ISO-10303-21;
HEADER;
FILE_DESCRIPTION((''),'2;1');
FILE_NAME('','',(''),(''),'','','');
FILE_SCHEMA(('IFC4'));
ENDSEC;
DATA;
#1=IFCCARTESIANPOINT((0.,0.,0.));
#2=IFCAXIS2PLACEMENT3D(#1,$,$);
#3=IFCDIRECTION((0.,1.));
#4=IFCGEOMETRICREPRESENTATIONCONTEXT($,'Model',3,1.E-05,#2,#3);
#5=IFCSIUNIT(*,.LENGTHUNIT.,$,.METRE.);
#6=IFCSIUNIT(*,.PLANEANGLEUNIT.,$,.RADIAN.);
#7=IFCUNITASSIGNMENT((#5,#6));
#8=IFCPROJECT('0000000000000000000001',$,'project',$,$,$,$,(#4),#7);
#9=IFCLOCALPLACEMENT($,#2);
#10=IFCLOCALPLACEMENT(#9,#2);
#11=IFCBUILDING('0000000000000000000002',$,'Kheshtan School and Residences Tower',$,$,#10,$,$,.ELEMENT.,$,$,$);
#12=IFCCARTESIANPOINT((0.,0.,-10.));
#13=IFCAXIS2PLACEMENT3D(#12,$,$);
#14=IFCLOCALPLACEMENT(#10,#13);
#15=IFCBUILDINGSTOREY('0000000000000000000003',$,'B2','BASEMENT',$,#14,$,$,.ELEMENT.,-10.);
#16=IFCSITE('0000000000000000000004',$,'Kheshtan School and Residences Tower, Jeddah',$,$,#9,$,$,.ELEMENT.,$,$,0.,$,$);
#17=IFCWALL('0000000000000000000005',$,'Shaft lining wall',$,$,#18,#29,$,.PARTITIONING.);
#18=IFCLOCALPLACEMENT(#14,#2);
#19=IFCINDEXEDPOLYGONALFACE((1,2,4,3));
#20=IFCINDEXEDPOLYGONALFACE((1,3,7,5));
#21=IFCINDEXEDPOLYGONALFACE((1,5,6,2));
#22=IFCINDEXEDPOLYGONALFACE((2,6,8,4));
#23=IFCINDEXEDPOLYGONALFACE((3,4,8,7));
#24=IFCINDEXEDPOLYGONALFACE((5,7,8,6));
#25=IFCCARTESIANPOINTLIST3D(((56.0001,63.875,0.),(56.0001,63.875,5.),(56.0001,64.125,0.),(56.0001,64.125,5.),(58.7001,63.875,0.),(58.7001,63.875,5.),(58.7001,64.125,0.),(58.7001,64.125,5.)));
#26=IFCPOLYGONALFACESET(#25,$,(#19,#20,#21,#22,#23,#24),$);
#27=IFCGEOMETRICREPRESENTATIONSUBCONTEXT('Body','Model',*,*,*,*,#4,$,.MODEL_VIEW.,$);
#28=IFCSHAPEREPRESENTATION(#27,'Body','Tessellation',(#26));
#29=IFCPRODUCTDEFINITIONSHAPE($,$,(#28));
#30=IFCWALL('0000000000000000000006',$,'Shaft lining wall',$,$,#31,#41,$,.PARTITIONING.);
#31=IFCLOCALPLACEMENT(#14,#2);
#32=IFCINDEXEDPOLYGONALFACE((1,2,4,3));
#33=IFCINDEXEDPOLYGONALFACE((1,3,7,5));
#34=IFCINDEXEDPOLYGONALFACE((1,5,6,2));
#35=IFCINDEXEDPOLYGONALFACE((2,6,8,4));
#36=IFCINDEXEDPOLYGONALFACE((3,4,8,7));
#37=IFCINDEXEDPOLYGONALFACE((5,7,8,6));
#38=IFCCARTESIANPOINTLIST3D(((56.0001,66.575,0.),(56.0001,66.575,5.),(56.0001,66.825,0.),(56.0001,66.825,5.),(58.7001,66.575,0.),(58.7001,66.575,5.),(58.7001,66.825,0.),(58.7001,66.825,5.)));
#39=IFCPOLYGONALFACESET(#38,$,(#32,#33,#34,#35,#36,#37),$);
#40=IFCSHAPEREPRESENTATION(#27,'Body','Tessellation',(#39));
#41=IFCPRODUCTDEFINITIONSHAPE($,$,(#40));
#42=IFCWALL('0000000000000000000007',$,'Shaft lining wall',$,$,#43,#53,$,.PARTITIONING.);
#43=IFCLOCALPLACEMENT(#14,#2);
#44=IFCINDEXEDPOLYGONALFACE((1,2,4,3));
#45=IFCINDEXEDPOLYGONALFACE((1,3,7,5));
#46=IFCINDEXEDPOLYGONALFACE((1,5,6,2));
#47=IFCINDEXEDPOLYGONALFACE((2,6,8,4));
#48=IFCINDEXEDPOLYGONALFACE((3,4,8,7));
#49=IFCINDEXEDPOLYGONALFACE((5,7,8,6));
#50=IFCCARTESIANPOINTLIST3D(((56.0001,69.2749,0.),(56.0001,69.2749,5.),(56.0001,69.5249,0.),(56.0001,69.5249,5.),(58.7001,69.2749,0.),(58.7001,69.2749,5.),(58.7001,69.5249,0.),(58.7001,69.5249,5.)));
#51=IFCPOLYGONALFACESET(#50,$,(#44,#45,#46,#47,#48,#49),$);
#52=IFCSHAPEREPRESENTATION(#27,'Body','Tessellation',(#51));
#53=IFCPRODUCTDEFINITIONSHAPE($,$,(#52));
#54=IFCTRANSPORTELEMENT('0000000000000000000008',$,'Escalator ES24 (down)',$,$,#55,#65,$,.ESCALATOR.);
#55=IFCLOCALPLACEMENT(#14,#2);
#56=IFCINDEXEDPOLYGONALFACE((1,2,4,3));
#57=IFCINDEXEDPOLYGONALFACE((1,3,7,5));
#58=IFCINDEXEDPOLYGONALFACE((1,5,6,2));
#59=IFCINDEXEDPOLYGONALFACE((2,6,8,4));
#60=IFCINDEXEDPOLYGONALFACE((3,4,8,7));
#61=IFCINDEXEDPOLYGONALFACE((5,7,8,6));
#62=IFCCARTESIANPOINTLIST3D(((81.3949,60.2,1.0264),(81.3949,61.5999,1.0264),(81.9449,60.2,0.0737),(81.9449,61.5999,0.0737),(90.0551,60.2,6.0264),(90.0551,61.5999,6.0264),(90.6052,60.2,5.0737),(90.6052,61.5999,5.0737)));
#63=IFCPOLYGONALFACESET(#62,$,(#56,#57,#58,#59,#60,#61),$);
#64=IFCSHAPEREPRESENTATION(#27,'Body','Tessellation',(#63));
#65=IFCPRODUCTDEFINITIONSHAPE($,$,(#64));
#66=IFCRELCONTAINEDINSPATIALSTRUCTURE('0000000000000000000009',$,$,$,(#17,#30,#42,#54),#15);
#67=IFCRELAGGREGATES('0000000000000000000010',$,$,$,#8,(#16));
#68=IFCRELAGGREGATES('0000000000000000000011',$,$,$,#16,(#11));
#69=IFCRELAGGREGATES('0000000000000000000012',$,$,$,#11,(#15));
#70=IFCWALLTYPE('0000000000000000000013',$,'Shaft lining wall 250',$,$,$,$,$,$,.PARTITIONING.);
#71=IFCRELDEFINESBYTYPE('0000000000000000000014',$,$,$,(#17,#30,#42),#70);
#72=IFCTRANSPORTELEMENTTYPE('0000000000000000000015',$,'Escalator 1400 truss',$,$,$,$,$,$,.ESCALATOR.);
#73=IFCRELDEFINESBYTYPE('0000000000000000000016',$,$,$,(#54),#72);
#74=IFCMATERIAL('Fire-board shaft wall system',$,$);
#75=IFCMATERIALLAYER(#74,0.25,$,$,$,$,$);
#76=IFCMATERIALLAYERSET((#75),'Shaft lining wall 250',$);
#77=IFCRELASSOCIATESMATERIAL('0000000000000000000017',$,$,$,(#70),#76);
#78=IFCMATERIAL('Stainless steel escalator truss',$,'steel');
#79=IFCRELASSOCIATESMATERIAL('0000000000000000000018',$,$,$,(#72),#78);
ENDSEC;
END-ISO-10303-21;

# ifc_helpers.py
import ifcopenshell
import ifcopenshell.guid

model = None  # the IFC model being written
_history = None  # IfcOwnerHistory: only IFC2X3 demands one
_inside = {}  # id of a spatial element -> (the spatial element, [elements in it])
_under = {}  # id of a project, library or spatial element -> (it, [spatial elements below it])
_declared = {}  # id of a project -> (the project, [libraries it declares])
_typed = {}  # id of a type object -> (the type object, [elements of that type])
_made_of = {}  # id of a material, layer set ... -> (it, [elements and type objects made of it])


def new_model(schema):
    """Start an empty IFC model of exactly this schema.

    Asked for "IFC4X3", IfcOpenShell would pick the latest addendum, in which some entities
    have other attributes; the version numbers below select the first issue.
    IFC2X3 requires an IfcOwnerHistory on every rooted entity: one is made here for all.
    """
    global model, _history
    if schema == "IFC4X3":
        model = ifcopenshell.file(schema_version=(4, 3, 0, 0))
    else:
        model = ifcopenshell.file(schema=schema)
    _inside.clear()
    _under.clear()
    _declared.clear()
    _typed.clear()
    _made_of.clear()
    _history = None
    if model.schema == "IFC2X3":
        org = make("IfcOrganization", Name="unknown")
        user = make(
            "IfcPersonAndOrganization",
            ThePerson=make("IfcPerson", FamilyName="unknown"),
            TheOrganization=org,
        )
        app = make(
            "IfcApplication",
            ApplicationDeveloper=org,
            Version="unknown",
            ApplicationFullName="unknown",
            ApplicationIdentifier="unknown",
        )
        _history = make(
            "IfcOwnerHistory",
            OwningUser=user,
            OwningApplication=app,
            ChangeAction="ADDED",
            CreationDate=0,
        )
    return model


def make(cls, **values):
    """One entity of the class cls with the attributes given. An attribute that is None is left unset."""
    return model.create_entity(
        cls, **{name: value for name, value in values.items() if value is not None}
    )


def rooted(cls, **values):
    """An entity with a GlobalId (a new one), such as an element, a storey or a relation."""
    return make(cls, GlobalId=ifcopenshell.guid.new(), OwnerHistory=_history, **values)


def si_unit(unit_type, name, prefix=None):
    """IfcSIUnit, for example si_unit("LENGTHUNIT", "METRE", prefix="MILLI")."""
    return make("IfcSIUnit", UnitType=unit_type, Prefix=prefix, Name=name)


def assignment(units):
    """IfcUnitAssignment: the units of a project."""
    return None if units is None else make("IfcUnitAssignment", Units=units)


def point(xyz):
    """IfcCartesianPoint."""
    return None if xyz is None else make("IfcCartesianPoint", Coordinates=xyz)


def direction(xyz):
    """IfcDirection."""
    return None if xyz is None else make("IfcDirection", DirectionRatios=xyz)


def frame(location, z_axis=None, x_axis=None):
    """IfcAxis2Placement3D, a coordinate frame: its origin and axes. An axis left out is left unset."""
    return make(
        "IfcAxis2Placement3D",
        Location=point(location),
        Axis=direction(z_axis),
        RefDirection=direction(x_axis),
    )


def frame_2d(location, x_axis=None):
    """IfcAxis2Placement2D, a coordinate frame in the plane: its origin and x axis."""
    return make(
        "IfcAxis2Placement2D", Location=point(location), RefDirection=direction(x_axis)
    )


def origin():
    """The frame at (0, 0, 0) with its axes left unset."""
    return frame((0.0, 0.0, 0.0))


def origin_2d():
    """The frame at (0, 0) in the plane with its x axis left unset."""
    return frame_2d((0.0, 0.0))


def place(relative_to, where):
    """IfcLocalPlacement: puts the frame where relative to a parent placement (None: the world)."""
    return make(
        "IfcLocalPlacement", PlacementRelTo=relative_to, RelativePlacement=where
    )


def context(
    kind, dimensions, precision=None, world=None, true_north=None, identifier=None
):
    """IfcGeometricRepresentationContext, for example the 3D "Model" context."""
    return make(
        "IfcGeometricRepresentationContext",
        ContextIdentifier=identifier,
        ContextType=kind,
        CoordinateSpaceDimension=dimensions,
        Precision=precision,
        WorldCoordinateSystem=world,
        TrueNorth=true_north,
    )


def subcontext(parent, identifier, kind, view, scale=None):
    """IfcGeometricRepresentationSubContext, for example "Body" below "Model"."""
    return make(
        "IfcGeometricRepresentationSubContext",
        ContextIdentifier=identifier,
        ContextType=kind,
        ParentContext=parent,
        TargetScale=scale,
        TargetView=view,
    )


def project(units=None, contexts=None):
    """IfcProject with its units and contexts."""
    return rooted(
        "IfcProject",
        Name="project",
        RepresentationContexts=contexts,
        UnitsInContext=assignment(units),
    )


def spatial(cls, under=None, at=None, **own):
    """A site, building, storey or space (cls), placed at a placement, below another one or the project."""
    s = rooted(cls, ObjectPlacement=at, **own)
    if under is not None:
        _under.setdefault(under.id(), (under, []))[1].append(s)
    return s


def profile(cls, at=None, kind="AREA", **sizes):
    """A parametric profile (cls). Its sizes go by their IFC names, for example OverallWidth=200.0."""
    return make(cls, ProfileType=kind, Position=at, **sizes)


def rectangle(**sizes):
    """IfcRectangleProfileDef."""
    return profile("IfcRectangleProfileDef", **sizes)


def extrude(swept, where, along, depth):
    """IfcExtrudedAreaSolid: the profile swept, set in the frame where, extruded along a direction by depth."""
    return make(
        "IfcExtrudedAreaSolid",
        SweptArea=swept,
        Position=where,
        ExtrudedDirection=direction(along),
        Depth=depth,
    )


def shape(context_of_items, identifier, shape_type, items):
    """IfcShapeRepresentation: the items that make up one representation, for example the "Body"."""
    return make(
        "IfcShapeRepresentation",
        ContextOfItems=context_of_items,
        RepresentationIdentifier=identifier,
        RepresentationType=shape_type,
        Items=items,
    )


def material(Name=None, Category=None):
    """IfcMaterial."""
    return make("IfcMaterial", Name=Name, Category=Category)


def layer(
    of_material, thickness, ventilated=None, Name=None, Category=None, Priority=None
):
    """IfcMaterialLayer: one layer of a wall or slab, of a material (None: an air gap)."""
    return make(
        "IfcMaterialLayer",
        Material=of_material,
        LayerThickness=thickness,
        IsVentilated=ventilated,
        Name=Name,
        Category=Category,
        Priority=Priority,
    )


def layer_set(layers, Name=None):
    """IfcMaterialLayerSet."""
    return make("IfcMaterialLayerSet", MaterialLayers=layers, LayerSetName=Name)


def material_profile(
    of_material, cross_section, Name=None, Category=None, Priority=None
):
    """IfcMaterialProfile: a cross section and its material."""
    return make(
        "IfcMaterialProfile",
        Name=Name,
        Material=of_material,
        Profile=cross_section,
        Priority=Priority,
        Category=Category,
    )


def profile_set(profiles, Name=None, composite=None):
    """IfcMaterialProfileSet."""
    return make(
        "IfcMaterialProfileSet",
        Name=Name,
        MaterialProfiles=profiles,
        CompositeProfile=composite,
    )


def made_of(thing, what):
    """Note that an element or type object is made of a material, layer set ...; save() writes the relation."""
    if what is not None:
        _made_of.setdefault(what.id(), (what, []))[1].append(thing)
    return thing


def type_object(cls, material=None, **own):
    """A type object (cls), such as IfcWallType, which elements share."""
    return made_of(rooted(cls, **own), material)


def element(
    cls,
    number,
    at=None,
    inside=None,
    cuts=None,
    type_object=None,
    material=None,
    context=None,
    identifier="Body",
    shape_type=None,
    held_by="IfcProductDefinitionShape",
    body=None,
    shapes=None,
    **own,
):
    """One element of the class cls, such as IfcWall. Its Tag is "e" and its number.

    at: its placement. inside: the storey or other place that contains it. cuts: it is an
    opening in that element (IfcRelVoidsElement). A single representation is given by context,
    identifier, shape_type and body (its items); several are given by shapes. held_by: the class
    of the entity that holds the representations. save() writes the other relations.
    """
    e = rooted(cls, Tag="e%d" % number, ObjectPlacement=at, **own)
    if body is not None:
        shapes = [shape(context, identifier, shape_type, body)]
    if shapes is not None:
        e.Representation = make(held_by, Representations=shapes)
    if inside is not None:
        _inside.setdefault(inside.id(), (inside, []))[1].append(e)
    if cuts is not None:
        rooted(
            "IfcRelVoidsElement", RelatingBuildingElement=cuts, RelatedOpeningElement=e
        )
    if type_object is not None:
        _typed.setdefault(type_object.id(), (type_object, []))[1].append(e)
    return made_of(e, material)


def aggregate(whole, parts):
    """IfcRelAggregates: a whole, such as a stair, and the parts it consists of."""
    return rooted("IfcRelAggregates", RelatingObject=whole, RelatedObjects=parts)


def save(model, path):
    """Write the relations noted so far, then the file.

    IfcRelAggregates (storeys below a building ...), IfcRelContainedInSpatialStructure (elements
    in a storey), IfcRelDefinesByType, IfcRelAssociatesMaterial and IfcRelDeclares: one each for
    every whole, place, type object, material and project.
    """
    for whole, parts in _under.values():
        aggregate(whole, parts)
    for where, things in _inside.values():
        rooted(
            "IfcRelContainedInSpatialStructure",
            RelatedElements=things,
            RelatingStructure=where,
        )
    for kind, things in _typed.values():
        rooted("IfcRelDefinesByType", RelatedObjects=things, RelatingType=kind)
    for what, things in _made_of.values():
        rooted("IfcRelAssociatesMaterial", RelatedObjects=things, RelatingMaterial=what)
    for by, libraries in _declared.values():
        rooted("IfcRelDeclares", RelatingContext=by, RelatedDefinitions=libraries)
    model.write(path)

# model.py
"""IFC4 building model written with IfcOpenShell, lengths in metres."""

from ifc_helpers import new_model, si_unit, direction, frame, frame_2d, origin, origin_2d, place, context, subcontext, project, spatial, rectangle, extrude, material, layer, layer_set, material_profile, profile_set, type_object, element, save


model = new_model("IFC4")

# Units and contexts
model_context = context("Model", 3, precision=1e-05, world=origin(), true_north=direction((0.0, 1.0)))
body_context = subcontext(model_context, "Body", "Model", "MODEL_VIEW")
ifc_project = project(units=[si_unit("LENGTHUNIT", "METRE"), si_unit("PLANEANGLEUNIT", "RADIAN")], contexts=[model_context])

# Site, building, storey
site_placement = place(None, origin())
site = spatial("IfcSite", under=ifc_project, at=site_placement, Name="Kheshtan School and Residences Tower, Jeddah", CompositionType="ELEMENT", RefElevation=0.0)
building_placement = place(site_placement, origin())
building = spatial("IfcBuilding", under=site, at=building_placement, Name="Kheshtan School and Residences Tower", CompositionType="ELEMENT")
storey_placement = place(building_placement, frame((0.0, 0.0, -10.0)))
storey = spatial("IfcBuildingStorey", under=building, at=storey_placement, Name="B2", Description="BASEMENT", CompositionType="ELEMENT", Elevation=-10.0)

# Shared definitions
ifc_material_1 = material(Name="Fire-board shaft wall system")
ifc_layer_1 = layer(ifc_material_1, 0.25)
ifc_layer_set_1 = layer_set([ifc_layer_1], Name="Shaft lining wall 250")
wall_type_1 = type_object("IfcWallType", Name="Shaft lining wall 250", PredefinedType="PARTITIONING", material=ifc_layer_set_1)

# Walls
for number, where, z_axis, x_axis, name in (
    (1, (56.0, 64.0, 0.0), (0.0, 0.0, 1.0), (1.0, 0.0, 0.0), "Shaft lining wall"),
    (2, (56.0, 66.7, 0.0), (0.0, 0.0, 1.0), (1.0, 0.0, 0.0), "Shaft lining wall"),
    (3, (56.0, 69.3999, 0.0), (0.0, 0.0, 1.0), (1.0, 0.0, 0.0), "Shaft lining wall"),
):
    element("IfcWall", number, at=place(storey_placement, frame(where, z_axis=z_axis, x_axis=x_axis)), inside=storey, type_object=wall_type_1, Name=name, PredefinedType="PARTITIONING", context=body_context, shape_type="SweptSolid", body=[
        extrude(rectangle(XDim=2.7, YDim=0.25, at=frame_2d((1.3501, 0.0))), origin(), (0.0, 0.0, 1.0), 5.0),
    ])

# Transport element
ifc_material_2 = material(Name="Stainless steel escalator truss", Category="steel")
ifc_material_profile_1 = material_profile(ifc_material_2, rectangle(XDim=1.3999, YDim=1.1001, at=origin_2d()), Name="Escalator 1400 truss")
ifc_profile_set_1 = profile_set([ifc_material_profile_1], Name="Stainless steel escalator truss")
transport_element_type = type_object("IfcTransportElementType", Name="Escalator 1400 truss", PredefinedType="ESCALATOR", material=ifc_profile_set_1)
transport_element_placement = place(storey_placement, frame((81.6699, 60.8999, 0.55), z_axis=(0.866023, 0.0, 0.500004), x_axis=(0.0, 1.0, 0.0)))
element("IfcTransportElement", 4, at=transport_element_placement, inside=storey, type_object=transport_element_type, Name="Escalator ES24 (down)", PredefinedType="ESCALATOR", context=body_context, shape_type="SweptSolid", body=[
    extrude(rectangle(XDim=1.3999, YDim=1.1001, at=origin_2d()), origin(), (0.0, 0.0, 1.0), 10.0),
])

save(model, "model.ifc")
